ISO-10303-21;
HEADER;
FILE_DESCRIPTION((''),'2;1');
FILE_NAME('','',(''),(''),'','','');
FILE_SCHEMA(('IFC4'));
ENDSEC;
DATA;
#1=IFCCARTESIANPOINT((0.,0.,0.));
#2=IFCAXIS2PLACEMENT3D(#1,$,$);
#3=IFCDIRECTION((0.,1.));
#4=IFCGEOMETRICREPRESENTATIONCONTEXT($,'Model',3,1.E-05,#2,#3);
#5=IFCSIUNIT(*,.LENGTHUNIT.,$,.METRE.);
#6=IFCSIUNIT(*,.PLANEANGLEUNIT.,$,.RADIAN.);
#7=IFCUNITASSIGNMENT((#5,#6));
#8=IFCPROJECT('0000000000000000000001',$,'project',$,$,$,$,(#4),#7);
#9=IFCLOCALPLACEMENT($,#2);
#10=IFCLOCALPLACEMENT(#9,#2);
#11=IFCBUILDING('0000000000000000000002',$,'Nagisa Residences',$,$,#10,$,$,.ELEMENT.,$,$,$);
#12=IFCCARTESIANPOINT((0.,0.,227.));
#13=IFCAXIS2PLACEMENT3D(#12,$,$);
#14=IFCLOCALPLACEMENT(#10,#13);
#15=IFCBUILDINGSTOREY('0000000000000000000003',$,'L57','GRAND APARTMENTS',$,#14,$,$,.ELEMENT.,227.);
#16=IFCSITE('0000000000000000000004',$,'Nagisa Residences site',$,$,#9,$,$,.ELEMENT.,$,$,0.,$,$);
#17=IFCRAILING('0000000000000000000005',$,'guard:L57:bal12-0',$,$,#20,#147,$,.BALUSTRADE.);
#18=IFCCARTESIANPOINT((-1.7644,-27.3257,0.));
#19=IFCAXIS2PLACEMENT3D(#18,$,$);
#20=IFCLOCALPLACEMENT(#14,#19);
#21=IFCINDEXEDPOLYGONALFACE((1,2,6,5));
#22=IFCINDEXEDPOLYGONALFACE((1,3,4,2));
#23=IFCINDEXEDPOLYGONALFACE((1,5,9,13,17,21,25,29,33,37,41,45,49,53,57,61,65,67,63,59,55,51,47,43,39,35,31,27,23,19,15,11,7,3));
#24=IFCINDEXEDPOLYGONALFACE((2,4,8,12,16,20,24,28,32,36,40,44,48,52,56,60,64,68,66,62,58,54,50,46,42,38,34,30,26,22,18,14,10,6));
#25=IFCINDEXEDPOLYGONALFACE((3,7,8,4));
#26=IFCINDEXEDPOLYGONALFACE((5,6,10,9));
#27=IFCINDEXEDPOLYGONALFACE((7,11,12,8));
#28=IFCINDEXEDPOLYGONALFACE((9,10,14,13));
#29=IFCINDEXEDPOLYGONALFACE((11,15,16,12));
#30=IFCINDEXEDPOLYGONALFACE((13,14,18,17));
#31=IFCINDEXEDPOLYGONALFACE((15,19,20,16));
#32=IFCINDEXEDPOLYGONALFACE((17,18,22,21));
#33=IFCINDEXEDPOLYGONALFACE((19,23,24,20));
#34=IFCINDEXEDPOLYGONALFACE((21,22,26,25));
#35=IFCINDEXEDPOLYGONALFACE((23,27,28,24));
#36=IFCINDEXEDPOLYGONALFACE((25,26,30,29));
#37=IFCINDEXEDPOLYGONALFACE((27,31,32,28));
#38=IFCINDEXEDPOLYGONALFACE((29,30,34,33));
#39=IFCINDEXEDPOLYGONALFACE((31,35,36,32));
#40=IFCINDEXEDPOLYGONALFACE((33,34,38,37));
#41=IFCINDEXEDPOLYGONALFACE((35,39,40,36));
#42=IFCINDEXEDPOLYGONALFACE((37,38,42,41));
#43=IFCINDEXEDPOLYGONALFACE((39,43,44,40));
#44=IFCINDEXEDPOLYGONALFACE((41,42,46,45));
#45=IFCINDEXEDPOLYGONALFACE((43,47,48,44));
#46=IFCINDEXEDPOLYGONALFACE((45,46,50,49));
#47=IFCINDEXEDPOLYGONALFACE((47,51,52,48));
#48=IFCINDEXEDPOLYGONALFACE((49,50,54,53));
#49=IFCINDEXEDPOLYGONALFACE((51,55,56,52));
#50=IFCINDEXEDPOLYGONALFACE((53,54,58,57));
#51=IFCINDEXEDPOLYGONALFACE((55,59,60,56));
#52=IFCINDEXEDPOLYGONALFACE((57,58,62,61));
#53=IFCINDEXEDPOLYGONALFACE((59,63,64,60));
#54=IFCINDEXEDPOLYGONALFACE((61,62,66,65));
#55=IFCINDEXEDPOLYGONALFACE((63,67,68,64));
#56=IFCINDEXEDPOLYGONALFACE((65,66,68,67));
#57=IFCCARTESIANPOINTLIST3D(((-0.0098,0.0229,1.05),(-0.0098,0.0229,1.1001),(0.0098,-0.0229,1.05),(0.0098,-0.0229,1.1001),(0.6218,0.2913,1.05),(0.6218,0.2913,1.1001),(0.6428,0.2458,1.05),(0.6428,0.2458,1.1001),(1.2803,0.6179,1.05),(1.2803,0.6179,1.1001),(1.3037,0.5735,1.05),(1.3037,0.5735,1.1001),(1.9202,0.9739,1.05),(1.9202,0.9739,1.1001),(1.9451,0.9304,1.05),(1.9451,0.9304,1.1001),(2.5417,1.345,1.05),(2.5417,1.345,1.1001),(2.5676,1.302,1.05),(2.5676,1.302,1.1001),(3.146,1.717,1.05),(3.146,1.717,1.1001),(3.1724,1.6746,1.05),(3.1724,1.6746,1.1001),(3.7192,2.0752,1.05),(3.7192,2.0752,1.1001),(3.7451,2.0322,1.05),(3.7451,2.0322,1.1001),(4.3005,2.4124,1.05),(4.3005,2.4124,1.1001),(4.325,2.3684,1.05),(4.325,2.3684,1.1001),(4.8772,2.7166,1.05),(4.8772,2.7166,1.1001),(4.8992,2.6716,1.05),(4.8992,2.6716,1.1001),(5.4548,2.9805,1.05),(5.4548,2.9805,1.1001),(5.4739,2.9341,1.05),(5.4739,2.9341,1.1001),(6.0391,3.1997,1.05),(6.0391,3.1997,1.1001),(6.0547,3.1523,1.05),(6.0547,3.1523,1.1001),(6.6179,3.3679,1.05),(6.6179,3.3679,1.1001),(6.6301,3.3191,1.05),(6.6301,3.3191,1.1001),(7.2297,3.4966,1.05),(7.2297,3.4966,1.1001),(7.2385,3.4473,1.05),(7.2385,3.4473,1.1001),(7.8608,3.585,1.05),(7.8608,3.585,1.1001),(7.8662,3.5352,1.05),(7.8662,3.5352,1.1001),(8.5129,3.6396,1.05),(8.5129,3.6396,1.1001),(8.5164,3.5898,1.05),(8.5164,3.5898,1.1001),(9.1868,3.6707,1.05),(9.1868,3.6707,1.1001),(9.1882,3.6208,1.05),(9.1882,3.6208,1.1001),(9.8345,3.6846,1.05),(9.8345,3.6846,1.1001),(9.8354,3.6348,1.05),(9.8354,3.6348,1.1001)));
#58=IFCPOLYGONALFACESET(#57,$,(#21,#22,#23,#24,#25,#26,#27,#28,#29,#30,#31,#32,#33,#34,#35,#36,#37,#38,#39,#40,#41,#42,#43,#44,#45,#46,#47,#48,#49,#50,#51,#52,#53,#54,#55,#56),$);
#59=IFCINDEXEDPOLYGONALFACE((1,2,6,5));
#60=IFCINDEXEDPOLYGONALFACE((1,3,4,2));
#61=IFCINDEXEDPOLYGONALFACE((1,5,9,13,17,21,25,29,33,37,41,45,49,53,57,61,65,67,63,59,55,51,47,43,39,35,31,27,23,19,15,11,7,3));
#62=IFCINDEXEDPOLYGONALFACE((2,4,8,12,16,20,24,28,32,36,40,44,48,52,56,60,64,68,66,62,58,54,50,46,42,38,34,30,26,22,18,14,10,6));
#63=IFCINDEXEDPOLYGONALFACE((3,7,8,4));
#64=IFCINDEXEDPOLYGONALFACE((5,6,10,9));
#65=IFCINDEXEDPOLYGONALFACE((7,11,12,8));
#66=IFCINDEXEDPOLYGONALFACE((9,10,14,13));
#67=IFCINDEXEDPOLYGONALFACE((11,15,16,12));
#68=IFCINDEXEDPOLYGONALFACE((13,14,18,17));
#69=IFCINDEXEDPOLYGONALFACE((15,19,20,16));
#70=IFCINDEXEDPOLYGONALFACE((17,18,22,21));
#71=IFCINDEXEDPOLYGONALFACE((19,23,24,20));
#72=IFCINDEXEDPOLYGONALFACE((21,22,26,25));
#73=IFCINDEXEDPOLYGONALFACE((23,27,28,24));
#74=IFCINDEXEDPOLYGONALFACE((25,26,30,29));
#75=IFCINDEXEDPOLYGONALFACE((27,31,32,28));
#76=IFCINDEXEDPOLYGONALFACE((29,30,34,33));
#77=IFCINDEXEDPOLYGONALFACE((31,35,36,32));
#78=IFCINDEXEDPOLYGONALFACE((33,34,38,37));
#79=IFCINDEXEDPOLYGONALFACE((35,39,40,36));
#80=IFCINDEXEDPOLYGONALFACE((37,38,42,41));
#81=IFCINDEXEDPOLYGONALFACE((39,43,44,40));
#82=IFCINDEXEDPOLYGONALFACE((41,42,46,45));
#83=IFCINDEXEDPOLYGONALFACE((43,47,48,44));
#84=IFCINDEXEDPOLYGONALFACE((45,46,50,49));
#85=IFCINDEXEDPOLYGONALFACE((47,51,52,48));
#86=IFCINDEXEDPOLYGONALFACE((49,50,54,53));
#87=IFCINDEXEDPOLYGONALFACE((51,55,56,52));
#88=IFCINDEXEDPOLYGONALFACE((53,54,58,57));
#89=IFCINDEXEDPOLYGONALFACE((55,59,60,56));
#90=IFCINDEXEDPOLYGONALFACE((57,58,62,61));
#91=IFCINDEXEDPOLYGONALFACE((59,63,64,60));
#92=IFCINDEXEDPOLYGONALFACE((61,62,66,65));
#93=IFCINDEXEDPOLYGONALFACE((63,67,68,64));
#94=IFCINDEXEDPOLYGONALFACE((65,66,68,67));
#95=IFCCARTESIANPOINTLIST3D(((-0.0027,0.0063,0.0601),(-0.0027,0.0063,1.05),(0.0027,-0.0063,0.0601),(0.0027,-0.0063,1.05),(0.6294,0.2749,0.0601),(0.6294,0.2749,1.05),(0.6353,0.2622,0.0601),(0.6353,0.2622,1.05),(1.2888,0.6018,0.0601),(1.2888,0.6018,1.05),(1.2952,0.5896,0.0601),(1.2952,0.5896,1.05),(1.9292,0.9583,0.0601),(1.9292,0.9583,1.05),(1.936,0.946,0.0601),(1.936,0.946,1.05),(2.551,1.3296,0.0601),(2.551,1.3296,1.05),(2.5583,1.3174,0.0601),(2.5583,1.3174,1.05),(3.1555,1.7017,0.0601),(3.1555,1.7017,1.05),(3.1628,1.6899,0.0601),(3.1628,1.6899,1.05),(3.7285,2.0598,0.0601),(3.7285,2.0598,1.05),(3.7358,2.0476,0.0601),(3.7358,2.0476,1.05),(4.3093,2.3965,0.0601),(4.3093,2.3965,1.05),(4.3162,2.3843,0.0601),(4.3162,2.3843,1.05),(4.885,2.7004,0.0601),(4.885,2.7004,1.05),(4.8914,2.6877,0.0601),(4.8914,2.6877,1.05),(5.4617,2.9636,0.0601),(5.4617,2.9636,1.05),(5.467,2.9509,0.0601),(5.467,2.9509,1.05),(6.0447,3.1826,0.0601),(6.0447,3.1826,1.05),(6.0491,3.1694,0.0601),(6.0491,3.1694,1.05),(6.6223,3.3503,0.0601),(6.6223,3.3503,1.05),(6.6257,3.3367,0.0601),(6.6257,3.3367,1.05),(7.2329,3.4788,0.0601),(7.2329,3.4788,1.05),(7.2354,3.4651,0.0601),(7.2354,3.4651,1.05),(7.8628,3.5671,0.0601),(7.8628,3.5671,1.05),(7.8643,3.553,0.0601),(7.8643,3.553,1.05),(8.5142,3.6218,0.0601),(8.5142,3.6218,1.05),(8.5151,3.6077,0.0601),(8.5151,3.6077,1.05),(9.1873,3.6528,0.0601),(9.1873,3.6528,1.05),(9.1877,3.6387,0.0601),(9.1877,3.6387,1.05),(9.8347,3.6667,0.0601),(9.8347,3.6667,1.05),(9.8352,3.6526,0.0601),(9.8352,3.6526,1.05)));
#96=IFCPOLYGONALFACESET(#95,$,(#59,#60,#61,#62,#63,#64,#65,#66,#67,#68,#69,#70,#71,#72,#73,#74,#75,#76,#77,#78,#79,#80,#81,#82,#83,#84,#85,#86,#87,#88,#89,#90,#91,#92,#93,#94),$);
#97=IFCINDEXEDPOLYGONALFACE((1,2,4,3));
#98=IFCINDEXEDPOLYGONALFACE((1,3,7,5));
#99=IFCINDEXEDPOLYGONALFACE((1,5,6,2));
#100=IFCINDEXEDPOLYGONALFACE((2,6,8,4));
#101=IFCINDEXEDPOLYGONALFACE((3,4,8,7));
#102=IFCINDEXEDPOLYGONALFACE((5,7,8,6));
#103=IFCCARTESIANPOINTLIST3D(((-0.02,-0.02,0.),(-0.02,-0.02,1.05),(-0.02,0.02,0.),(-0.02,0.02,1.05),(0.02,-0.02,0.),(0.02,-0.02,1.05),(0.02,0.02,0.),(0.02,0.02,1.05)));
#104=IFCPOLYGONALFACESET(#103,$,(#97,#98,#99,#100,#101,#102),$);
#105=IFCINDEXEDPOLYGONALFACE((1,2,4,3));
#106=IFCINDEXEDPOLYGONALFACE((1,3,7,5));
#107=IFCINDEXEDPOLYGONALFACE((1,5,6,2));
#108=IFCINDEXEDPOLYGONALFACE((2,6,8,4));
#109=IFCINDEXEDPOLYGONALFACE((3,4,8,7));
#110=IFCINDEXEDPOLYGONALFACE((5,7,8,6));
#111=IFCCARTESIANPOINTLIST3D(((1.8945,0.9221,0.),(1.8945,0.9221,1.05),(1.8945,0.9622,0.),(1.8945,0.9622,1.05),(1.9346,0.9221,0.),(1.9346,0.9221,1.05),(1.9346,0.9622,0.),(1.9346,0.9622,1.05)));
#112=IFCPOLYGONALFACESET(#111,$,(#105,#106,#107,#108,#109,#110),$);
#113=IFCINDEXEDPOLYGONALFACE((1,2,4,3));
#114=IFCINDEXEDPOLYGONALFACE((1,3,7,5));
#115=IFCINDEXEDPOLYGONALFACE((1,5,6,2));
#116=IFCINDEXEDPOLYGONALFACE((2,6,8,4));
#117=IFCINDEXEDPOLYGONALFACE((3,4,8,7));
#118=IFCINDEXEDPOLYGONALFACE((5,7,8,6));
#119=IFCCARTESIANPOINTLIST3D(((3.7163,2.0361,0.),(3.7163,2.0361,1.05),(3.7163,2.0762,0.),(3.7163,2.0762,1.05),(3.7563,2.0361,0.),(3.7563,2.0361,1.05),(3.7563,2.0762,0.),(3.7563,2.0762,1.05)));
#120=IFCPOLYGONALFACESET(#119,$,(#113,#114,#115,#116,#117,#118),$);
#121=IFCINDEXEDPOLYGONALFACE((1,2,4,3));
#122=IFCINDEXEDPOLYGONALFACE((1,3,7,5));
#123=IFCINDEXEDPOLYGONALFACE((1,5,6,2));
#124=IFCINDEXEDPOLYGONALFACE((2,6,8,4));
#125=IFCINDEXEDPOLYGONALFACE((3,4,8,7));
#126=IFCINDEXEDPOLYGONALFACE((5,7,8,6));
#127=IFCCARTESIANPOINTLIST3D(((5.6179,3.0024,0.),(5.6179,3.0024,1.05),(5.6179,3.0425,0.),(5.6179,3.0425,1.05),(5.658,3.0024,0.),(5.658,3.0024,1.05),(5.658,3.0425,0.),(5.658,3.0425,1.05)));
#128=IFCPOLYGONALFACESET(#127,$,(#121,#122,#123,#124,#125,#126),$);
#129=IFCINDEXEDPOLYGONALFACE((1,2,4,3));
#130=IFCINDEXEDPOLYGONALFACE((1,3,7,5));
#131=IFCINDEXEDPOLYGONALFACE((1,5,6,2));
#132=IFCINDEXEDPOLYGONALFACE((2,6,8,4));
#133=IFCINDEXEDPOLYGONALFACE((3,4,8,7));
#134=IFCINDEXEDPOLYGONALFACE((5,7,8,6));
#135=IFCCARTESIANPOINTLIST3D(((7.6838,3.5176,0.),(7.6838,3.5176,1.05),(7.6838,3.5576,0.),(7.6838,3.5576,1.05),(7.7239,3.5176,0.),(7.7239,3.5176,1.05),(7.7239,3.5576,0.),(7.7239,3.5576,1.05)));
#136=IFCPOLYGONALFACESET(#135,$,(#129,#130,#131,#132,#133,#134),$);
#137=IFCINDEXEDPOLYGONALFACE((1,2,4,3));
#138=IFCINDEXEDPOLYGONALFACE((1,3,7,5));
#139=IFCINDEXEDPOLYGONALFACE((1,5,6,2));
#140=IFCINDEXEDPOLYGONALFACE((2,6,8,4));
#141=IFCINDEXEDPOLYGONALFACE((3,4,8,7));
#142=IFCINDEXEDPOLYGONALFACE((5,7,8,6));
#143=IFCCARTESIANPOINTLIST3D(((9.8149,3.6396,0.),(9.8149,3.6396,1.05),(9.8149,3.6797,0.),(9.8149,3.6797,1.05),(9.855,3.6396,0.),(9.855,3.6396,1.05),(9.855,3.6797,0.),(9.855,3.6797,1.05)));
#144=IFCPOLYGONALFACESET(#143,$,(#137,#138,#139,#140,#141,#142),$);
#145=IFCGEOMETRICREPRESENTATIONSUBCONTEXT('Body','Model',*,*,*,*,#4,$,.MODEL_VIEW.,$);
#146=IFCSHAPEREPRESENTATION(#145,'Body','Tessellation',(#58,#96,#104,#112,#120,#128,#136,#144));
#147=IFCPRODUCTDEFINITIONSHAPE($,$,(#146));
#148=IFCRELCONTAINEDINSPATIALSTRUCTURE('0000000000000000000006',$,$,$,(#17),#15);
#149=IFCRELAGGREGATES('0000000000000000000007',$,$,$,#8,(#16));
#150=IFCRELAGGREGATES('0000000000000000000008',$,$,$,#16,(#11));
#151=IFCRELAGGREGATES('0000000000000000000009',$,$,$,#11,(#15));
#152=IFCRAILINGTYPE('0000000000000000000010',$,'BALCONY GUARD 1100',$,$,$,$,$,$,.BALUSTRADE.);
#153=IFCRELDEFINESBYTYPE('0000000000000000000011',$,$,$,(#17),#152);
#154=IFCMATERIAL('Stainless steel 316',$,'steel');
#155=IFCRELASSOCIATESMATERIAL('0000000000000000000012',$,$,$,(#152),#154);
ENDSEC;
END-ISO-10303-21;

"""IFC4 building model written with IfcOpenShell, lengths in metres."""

from ifc_helpers import new_model, si_unit, direction, frame, origin, origin_2d, place, context, subcontext, project, spatial, polyline, rectangle, outline, extrude, material, type_object, element, save


model = new_model("IFC4")

# Units and contexts
model_context = context("Model", 3, precision=1e-05, world=origin(), true_north=direction((0.0, 1.0)))
body_context = subcontext(model_context, "Body", "Model", "MODEL_VIEW")
ifc_project = project(units=[si_unit("LENGTHUNIT", "METRE"), si_unit("PLANEANGLEUNIT", "RADIAN")], contexts=[model_context])

# Site, building, storey
site_placement = place(None, origin())
site = spatial("IfcSite", under=ifc_project, at=site_placement, Name="Nagisa Residences site", CompositionType="ELEMENT", RefElevation=0.0)
building_placement = place(site_placement, origin())
building = spatial("IfcBuilding", under=site, at=building_placement, Name="Nagisa Residences", CompositionType="ELEMENT")
storey_placement = place(building_placement, frame((0.0, 0.0, 227.0)))
storey = spatial("IfcBuildingStorey", under=building, at=storey_placement, Name="L57", Description="GRAND APARTMENTS", CompositionType="ELEMENT", Elevation=227.0)

# Railing
ifc_material_1 = material(Name="Stainless steel 316", Category="steel")
railing_type = type_object("IfcRailingType", Name="BALCONY GUARD 1100", PredefinedType="BALUSTRADE", material=ifc_material_1)
railing_placement = place(storey_placement, frame((-1.7644, -27.3257, 0.0)))
element("IfcRailing", 1, at=railing_placement, inside=storey, type_object=railing_type, Name="guard:L57:bal12-0", PredefinedType="BALUSTRADE", context=body_context, shape_type="SweptSolid", body=[
    extrude(outline(polyline([(0.6218, 0.2913), (-0.0098, 0.0229), (0.0098, -0.0229), (0.6428, 0.2458), (1.3037, 0.5735), (1.9451, 0.9304), (2.5676, 1.302), (3.1724, 1.6746), (3.7451, 2.0322), (4.325, 2.3684), (4.8992, 2.6716), (5.4739, 2.9341), (6.0547, 3.1523), (6.6301, 3.3191), (7.2385, 3.4473), (7.8662, 3.5352), (8.5164, 3.5898), (9.1882, 3.6208), (9.8354, 3.6348), (9.8345, 3.6846), (9.1868, 3.6707), (8.5129, 3.6396), (7.8608, 3.585), (7.2297, 3.4966), (6.6179, 3.3679), (6.0391, 3.1997), (5.4548, 2.9805), (4.8772, 2.7166), (4.3005, 2.4124), (3.7192, 2.0752), (3.146, 1.717), (2.5417, 1.345), (1.9202, 0.9739), (1.2803, 0.6179), (0.6218, 0.2913)])), frame((0.0, 0.0, 1.05)), (0.0, 0.0, 1.0), 0.05),
    extrude(outline(polyline([(0.6294, 0.2749), (-0.0027, 0.0063), (0.0027, -0.0063), (0.6353, 0.2622), (1.2952, 0.5896), (1.936, 0.946), (2.5583, 1.3174), (3.1628, 1.6899), (3.7358, 2.0476), (4.3162, 2.3843), (4.8914, 2.6877), (5.467, 2.9509), (6.0491, 3.1694), (6.6257, 3.3367), (7.2354, 3.4651), (7.8643, 3.553), (8.5151, 3.6077), (9.1877, 3.6387), (9.8352, 3.6526), (9.8347, 3.6667), (9.1873, 3.6528), (8.5142, 3.6218), (7.8628, 3.5671), (7.2329, 3.4788), (6.6223, 3.3503), (6.0447, 3.1826), (5.4617, 2.9636), (4.885, 2.7004), (4.3093, 2.3965), (3.7285, 2.0598), (3.1555, 1.7017), (2.551, 1.3296), (1.9292, 0.9583), (1.2888, 0.6018), (0.6294, 0.2749)])), frame((0.0, 0.0, 0.0601)), (0.0, 0.0, 1.0), 0.99),
    extrude(rectangle(XDim=0.04, YDim=0.04, at=origin_2d()), origin(), (0.0, 0.0, 1.0), 1.05),
    extrude(rectangle(XDim=0.04, YDim=0.04, at=origin_2d()), frame((1.9146, 0.9421, 0.0)), (0.0, 0.0, 1.0), 1.05),
    extrude(rectangle(XDim=0.04, YDim=0.04, at=origin_2d()), frame((3.7363, 2.0562, 0.0)), (0.0, 0.0, 1.0), 1.05),
    extrude(rectangle(XDim=0.04, YDim=0.04, at=origin_2d()), frame((5.6379, 3.0225, 0.0)), (0.0, 0.0, 1.0), 1.05),
    extrude(rectangle(XDim=0.04, YDim=0.04, at=origin_2d()), frame((7.7039, 3.5376, 0.0)), (0.0, 0.0, 1.0), 1.05),
    extrude(rectangle(XDim=0.04, YDim=0.04, at=origin_2d()), frame((9.835, 3.6597, 0.0)), (0.0, 0.0, 1.0), 1.05),
])

save(model, "model.ifc")
